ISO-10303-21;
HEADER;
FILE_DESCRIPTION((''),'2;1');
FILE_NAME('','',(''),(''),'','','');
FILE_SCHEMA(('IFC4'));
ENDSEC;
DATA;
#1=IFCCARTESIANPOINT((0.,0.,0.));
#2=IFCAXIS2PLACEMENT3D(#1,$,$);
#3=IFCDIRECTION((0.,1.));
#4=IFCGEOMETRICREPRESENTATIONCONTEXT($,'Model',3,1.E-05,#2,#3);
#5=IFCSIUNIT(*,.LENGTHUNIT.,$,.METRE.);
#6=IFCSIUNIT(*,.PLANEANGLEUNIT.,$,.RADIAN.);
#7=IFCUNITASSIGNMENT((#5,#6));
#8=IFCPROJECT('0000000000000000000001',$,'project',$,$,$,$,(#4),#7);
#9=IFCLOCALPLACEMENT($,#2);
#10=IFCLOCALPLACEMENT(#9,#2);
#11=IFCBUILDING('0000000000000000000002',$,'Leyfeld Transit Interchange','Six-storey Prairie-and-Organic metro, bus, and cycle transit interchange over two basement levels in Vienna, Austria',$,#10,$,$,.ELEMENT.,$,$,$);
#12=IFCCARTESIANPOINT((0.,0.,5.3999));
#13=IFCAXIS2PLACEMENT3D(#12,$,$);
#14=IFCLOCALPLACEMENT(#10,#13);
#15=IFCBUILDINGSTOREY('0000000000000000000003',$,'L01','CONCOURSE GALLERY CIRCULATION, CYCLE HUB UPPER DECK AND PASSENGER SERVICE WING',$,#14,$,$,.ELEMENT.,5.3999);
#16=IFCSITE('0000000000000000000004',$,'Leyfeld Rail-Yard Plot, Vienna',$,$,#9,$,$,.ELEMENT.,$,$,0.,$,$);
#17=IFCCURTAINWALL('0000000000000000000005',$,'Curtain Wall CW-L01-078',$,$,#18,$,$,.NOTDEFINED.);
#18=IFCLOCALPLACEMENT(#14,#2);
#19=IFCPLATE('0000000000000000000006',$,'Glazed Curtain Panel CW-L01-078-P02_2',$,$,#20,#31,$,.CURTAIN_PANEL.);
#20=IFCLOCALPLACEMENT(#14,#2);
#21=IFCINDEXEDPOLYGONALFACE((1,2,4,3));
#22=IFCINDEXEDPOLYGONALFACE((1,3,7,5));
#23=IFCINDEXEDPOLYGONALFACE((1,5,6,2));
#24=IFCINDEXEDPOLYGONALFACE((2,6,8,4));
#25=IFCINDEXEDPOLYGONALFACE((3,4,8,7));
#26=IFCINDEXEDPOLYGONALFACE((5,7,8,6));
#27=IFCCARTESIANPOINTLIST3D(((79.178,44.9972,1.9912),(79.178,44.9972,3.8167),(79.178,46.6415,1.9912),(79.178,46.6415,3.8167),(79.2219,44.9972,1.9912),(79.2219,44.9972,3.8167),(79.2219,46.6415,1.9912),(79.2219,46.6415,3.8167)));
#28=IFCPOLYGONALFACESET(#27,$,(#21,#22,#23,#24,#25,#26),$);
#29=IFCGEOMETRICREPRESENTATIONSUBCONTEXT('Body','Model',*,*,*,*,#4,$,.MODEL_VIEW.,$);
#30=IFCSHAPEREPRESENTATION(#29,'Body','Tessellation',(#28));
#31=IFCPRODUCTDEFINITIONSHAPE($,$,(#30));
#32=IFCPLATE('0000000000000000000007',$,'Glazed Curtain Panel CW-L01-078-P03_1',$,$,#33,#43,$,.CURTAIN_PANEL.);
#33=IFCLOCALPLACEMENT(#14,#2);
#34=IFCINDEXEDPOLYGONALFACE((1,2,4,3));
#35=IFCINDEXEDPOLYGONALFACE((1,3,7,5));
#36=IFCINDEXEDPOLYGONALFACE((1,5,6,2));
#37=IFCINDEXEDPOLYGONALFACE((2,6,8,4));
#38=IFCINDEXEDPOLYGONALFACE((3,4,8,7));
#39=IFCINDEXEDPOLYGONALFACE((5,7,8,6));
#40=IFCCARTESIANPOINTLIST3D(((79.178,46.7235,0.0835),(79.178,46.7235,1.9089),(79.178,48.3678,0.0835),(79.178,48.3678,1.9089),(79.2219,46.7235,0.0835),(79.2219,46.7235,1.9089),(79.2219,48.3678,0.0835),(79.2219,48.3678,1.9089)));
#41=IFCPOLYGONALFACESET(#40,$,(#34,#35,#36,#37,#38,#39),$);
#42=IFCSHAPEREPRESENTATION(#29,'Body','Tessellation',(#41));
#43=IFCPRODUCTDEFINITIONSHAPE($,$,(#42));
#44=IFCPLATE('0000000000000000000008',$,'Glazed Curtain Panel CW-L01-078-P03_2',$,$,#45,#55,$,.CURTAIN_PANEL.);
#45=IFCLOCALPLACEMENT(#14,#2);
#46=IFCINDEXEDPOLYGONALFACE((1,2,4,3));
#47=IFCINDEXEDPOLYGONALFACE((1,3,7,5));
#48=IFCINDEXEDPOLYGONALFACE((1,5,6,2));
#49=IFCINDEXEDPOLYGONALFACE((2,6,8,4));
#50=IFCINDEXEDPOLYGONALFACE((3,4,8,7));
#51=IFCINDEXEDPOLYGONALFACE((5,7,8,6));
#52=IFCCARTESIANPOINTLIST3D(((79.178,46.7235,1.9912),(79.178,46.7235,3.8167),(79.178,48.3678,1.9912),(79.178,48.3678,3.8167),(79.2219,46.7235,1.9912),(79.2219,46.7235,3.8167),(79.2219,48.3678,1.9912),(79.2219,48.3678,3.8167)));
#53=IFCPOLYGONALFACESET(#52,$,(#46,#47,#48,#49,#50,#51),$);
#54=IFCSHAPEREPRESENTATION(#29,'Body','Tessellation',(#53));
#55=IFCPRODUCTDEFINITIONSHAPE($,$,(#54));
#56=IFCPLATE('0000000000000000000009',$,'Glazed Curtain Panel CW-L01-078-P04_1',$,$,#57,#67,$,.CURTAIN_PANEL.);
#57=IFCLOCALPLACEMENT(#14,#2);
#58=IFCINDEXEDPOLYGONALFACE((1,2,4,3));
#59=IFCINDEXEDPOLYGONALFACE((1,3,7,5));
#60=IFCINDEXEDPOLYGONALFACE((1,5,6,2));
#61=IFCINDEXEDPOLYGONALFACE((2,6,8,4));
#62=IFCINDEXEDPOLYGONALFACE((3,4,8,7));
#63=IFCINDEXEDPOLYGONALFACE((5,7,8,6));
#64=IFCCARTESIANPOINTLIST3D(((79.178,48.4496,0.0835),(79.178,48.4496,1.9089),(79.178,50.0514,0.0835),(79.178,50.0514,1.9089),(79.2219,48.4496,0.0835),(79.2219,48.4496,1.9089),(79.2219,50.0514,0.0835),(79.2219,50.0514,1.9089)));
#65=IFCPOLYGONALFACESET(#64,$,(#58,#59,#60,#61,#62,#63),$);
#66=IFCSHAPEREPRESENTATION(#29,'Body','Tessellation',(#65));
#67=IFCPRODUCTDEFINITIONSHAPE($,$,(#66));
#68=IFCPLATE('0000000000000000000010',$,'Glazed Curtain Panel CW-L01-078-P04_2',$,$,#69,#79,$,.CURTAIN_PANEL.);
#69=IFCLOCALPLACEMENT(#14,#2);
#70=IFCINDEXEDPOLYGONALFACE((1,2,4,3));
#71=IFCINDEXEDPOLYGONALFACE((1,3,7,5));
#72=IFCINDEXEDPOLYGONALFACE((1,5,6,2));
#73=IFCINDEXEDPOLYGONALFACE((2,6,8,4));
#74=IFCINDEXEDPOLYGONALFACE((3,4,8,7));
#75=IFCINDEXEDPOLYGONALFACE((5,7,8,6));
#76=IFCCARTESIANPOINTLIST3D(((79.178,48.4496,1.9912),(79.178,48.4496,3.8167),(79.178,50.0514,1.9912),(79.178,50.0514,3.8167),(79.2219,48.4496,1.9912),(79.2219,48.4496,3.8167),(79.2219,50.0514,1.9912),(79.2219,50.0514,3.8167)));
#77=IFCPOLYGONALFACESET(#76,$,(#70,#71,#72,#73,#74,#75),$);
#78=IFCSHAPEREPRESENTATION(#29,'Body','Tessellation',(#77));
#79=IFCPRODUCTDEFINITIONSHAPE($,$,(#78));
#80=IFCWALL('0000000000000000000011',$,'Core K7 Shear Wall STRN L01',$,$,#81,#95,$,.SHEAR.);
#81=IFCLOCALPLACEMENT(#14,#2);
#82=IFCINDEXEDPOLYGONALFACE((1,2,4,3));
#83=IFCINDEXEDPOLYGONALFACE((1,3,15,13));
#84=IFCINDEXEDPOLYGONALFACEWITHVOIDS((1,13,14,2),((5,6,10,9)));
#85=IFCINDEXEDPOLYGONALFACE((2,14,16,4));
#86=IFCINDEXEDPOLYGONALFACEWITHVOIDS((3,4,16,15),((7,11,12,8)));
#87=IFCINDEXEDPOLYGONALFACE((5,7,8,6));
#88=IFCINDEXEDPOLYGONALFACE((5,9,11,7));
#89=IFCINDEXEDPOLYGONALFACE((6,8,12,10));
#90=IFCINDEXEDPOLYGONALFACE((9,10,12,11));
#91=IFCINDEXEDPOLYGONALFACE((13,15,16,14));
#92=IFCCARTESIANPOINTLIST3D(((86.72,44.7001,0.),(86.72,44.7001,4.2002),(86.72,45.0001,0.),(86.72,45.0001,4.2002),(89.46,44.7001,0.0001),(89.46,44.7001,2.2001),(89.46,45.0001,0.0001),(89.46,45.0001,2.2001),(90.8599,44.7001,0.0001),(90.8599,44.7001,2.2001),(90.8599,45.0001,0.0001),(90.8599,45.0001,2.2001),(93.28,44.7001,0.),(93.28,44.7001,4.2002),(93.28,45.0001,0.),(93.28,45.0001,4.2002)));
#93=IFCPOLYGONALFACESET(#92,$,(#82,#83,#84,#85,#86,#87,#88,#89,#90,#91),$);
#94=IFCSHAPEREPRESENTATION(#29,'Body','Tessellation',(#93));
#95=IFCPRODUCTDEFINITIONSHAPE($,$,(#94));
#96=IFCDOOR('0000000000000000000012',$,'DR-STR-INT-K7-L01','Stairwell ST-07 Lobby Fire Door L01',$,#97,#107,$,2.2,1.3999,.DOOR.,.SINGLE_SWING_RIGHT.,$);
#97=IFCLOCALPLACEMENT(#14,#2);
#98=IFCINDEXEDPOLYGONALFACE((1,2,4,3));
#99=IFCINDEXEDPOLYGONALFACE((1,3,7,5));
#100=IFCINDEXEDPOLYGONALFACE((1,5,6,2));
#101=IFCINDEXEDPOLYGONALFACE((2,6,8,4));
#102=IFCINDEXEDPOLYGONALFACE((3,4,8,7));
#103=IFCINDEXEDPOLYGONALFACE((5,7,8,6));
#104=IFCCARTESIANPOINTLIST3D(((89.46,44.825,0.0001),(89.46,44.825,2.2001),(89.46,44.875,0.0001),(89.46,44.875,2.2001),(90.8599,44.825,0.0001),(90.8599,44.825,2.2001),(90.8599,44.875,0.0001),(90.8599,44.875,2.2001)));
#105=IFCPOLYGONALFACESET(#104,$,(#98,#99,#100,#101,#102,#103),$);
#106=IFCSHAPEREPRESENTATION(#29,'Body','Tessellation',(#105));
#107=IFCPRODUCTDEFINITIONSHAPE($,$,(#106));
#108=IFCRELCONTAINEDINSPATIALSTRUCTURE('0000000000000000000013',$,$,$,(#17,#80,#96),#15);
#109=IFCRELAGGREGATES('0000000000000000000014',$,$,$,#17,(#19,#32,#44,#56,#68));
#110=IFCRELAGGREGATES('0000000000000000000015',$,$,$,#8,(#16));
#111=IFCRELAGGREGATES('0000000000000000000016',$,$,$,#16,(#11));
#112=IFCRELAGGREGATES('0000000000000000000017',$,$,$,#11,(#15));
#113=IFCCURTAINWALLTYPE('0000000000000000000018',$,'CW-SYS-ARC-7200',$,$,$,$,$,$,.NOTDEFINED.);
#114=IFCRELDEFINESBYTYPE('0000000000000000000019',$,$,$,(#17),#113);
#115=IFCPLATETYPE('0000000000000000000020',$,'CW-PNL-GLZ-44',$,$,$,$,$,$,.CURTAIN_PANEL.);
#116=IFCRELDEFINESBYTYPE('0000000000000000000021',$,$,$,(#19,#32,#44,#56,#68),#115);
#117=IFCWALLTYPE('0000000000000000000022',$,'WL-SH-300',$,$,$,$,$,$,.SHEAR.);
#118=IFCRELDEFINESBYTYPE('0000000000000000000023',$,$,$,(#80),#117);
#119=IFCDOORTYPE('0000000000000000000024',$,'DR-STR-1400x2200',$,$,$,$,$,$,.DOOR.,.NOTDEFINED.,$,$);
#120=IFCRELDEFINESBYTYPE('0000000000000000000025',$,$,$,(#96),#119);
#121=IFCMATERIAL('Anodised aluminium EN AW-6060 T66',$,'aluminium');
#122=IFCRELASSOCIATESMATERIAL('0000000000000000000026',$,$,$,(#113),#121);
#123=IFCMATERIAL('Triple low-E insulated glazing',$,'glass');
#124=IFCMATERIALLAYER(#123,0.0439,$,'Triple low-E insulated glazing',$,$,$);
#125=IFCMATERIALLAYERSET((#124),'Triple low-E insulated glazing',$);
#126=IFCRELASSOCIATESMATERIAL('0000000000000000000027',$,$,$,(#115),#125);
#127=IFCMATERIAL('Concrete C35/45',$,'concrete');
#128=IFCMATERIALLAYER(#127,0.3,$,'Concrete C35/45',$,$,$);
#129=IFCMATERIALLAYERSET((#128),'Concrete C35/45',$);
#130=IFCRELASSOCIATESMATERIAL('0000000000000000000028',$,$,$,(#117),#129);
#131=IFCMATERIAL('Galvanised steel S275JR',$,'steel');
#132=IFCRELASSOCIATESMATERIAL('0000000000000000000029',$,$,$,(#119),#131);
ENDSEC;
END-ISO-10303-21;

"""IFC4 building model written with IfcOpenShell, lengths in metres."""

from ifc_helpers import new_model, si_unit, direction, frame, frame_2d, origin, origin_2d, place, context, subcontext, project, spatial, rectangle, extrude, material, layer, layer_set, type_object, element, fill, aggregate, save


model = new_model("IFC4")

# Units and contexts
model_context = context("Model", 3, precision=1e-05, world=origin(), true_north=direction((0.0, 1.0)))
body_context = subcontext(model_context, "Body", "Model", "MODEL_VIEW")
ifc_project = project(units=[si_unit("LENGTHUNIT", "METRE"), si_unit("PLANEANGLEUNIT", "RADIAN")], contexts=[model_context])

# Site, building, storey
site_placement = place(None, origin())
site = spatial("IfcSite", under=ifc_project, at=site_placement, Name="Leyfeld Rail-Yard Plot, Vienna", CompositionType="ELEMENT", RefElevation=0.0)
building_placement = place(site_placement, origin())
building = spatial("IfcBuilding", under=site, at=building_placement, Name="Leyfeld Transit Interchange", Description="Six-storey Prairie-and-Organic metro, bus, and cycle transit interchange over two basement levels in Vienna, Austria", CompositionType="ELEMENT")
storey_placement = place(building_placement, frame((0.0, 0.0, 5.3999)))
storey = spatial("IfcBuildingStorey", under=building, at=storey_placement, Name="L01", Description="CONCOURSE GALLERY CIRCULATION, CYCLE HUB UPPER DECK AND PASSENGER SERVICE WING", CompositionType="ELEMENT", Elevation=5.3999)

# Shared definitions
ifc_material_1 = material(Name="Concrete C35/45", Category="concrete")

# Shared definitions
ifc_material_2 = material(Name="Anodised aluminium EN AW-6060 T66", Category="aluminium")
curtain_wall_type = type_object("IfcCurtainWallType", Name="CW-SYS-ARC-7200", PredefinedType="NOTDEFINED", material=ifc_material_2)

# Curtain wall
curtain_wall_1_placement = place(storey_placement, origin())
curtain_wall_1 = element("IfcCurtainWall", 1, at=curtain_wall_1_placement, inside=storey, type_object=curtain_wall_type, Name="Curtain Wall CW-L01-078", PredefinedType="NOTDEFINED")

# Plates
ifc_material_3 = material(Name="Triple low-E insulated glazing", Category="glass")
ifc_layer_1 = layer(ifc_material_3, 0.0439, Name="Triple low-E insulated glazing")
ifc_layer_set_1 = layer_set([ifc_layer_1], Name="Triple low-E insulated glazing")
plate_type = type_object("IfcPlateType", Name="CW-PNL-GLZ-44", PredefinedType="CURTAIN_PANEL", material=ifc_layer_set_1)
plate_1_placement = place(storey_placement, frame((79.2, 45.8193, 1.9912), z_axis=(0.0, 0.0, 1.0), x_axis=(0.0, 1.0, 0.0)))
plate_1 = element("IfcPlate", 2, at=plate_1_placement, type_object=plate_type, Name="Glazed Curtain Panel CW-L01-078-P02_2", PredefinedType="CURTAIN_PANEL", context=body_context, shape_type="SweptSolid", body=[
    extrude(rectangle(XDim=1.6443, YDim=0.0439, at=origin_2d()), origin(), (0.0, 0.0, 1.0), 1.8254),
])
plate_2_placement = place(storey_placement, frame((79.2, 47.5457, 0.0835), z_axis=(0.0, 0.0, 1.0), x_axis=(0.0, 1.0, 0.0)))
plate_2 = element("IfcPlate", 3, at=plate_2_placement, type_object=plate_type, Name="Glazed Curtain Panel CW-L01-078-P03_1", PredefinedType="CURTAIN_PANEL", context=body_context, shape_type="SweptSolid", body=[
    extrude(rectangle(XDim=1.6443, YDim=0.0439, at=origin_2d()), origin(), (0.0, 0.0, 1.0), 1.8254),
])
plate_3_placement = place(storey_placement, frame((79.2, 47.5457, 1.9912), z_axis=(0.0, 0.0, 1.0), x_axis=(0.0, 1.0, 0.0)))
plate_3 = element("IfcPlate", 4, at=plate_3_placement, type_object=plate_type, Name="Glazed Curtain Panel CW-L01-078-P03_2", PredefinedType="CURTAIN_PANEL", context=body_context, shape_type="SweptSolid", body=[
    extrude(rectangle(XDim=1.6443, YDim=0.0439, at=origin_2d()), origin(), (0.0, 0.0, 1.0), 1.8254),
])
plate_4_placement = place(storey_placement, frame((79.2, 49.2505, 0.0835), z_axis=(0.0, 0.0, 1.0), x_axis=(0.0, 1.0, 0.0)))
plate_4 = element("IfcPlate", 5, at=plate_4_placement, type_object=plate_type, Name="Glazed Curtain Panel CW-L01-078-P04_1", PredefinedType="CURTAIN_PANEL", context=body_context, shape_type="SweptSolid", body=[
    extrude(rectangle(XDim=1.6018, YDim=0.0439, at=origin_2d()), origin(), (0.0, 0.0, 1.0), 1.8254),
])
plate_5_placement = place(storey_placement, frame((79.2, 49.2505, 1.9912), z_axis=(0.0, 0.0, 1.0), x_axis=(0.0, 1.0, 0.0)))
plate_5 = element("IfcPlate", 6, at=plate_5_placement, type_object=plate_type, Name="Glazed Curtain Panel CW-L01-078-P04_2", PredefinedType="CURTAIN_PANEL", context=body_context, shape_type="SweptSolid", body=[
    extrude(rectangle(XDim=1.6018, YDim=0.0439, at=origin_2d()), origin(), (0.0, 0.0, 1.0), 1.8254),
])
aggregate(curtain_wall_1, [plate_1, plate_2, plate_3, plate_4, plate_5])

# Wall, opening, door
ifc_layer_2 = layer(ifc_material_1, 0.3, Name="Concrete C35/45")
ifc_layer_set_2 = layer_set([ifc_layer_2], Name="Concrete C35/45")
wall_type = type_object("IfcWallType", Name="WL-SH-300", PredefinedType="SHEAR", material=ifc_layer_set_2)
wall_placement = place(storey_placement, frame((86.72, 44.8501, 0.0), z_axis=(0.0, 0.0, 1.0), x_axis=(1.0, 0.0, 0.0)))
wall = element("IfcWall", 7, at=wall_placement, inside=storey, type_object=wall_type, Name="Core K7 Shear Wall STRN L01", PredefinedType="SHEAR", context=body_context, shape_type="SweptSolid", body=[
    extrude(rectangle(XDim=6.5601, YDim=0.3, at=frame_2d((3.28, 0.0))), origin(), (0.0, 0.0, 1.0), 4.2002),
])
opening_placement = place(wall_placement, frame((2.74, 0.0, 0.0)))
opening = element("IfcOpeningElement", 8, at=opening_placement, cuts=wall, PredefinedType="OPENING", context=body_context, shape_type="SweptSolid", body=[
    extrude(rectangle(XDim=1.3999, YDim=2.2, at=frame_2d((0.7, 1.1001))), frame((0.0, 0.1599, 0.0), z_axis=(0.0, -1.0, 0.0), x_axis=(1.0, 0.0, 0.0)), (0.0, 0.0, 1.0), 0.3201),
])
ifc_material_4 = material(Name="Galvanised steel S275JR", Category="steel")
door_type = type_object("IfcDoorType", Name="DR-STR-1400x2200", OperationType="NOTDEFINED", PredefinedType="DOOR", material=ifc_material_4)
door_placement = place(opening_placement, origin())
door = element("IfcDoor", 9, at=door_placement, inside=storey, type_object=door_type, Name="DR-STR-INT-K7-L01", Description="Stairwell ST-07 Lobby Fire Door L01", OperationType="SINGLE_SWING_RIGHT", OverallHeight=2.2, OverallWidth=1.3999, PredefinedType="DOOR", context=body_context, shape_type="SweptSolid", body=[
    extrude(rectangle(XDim=1.3999, YDim=2.2, at=frame_2d((0.7, 1.1001))), frame((0.0, 0.0249, 0.0), z_axis=(0.0, -1.0, 0.0), x_axis=(1.0, 0.0, 0.0)), (0.0, 0.0, 1.0), 0.05),
])
fill(opening, door)

save(model, "model.ifc")
